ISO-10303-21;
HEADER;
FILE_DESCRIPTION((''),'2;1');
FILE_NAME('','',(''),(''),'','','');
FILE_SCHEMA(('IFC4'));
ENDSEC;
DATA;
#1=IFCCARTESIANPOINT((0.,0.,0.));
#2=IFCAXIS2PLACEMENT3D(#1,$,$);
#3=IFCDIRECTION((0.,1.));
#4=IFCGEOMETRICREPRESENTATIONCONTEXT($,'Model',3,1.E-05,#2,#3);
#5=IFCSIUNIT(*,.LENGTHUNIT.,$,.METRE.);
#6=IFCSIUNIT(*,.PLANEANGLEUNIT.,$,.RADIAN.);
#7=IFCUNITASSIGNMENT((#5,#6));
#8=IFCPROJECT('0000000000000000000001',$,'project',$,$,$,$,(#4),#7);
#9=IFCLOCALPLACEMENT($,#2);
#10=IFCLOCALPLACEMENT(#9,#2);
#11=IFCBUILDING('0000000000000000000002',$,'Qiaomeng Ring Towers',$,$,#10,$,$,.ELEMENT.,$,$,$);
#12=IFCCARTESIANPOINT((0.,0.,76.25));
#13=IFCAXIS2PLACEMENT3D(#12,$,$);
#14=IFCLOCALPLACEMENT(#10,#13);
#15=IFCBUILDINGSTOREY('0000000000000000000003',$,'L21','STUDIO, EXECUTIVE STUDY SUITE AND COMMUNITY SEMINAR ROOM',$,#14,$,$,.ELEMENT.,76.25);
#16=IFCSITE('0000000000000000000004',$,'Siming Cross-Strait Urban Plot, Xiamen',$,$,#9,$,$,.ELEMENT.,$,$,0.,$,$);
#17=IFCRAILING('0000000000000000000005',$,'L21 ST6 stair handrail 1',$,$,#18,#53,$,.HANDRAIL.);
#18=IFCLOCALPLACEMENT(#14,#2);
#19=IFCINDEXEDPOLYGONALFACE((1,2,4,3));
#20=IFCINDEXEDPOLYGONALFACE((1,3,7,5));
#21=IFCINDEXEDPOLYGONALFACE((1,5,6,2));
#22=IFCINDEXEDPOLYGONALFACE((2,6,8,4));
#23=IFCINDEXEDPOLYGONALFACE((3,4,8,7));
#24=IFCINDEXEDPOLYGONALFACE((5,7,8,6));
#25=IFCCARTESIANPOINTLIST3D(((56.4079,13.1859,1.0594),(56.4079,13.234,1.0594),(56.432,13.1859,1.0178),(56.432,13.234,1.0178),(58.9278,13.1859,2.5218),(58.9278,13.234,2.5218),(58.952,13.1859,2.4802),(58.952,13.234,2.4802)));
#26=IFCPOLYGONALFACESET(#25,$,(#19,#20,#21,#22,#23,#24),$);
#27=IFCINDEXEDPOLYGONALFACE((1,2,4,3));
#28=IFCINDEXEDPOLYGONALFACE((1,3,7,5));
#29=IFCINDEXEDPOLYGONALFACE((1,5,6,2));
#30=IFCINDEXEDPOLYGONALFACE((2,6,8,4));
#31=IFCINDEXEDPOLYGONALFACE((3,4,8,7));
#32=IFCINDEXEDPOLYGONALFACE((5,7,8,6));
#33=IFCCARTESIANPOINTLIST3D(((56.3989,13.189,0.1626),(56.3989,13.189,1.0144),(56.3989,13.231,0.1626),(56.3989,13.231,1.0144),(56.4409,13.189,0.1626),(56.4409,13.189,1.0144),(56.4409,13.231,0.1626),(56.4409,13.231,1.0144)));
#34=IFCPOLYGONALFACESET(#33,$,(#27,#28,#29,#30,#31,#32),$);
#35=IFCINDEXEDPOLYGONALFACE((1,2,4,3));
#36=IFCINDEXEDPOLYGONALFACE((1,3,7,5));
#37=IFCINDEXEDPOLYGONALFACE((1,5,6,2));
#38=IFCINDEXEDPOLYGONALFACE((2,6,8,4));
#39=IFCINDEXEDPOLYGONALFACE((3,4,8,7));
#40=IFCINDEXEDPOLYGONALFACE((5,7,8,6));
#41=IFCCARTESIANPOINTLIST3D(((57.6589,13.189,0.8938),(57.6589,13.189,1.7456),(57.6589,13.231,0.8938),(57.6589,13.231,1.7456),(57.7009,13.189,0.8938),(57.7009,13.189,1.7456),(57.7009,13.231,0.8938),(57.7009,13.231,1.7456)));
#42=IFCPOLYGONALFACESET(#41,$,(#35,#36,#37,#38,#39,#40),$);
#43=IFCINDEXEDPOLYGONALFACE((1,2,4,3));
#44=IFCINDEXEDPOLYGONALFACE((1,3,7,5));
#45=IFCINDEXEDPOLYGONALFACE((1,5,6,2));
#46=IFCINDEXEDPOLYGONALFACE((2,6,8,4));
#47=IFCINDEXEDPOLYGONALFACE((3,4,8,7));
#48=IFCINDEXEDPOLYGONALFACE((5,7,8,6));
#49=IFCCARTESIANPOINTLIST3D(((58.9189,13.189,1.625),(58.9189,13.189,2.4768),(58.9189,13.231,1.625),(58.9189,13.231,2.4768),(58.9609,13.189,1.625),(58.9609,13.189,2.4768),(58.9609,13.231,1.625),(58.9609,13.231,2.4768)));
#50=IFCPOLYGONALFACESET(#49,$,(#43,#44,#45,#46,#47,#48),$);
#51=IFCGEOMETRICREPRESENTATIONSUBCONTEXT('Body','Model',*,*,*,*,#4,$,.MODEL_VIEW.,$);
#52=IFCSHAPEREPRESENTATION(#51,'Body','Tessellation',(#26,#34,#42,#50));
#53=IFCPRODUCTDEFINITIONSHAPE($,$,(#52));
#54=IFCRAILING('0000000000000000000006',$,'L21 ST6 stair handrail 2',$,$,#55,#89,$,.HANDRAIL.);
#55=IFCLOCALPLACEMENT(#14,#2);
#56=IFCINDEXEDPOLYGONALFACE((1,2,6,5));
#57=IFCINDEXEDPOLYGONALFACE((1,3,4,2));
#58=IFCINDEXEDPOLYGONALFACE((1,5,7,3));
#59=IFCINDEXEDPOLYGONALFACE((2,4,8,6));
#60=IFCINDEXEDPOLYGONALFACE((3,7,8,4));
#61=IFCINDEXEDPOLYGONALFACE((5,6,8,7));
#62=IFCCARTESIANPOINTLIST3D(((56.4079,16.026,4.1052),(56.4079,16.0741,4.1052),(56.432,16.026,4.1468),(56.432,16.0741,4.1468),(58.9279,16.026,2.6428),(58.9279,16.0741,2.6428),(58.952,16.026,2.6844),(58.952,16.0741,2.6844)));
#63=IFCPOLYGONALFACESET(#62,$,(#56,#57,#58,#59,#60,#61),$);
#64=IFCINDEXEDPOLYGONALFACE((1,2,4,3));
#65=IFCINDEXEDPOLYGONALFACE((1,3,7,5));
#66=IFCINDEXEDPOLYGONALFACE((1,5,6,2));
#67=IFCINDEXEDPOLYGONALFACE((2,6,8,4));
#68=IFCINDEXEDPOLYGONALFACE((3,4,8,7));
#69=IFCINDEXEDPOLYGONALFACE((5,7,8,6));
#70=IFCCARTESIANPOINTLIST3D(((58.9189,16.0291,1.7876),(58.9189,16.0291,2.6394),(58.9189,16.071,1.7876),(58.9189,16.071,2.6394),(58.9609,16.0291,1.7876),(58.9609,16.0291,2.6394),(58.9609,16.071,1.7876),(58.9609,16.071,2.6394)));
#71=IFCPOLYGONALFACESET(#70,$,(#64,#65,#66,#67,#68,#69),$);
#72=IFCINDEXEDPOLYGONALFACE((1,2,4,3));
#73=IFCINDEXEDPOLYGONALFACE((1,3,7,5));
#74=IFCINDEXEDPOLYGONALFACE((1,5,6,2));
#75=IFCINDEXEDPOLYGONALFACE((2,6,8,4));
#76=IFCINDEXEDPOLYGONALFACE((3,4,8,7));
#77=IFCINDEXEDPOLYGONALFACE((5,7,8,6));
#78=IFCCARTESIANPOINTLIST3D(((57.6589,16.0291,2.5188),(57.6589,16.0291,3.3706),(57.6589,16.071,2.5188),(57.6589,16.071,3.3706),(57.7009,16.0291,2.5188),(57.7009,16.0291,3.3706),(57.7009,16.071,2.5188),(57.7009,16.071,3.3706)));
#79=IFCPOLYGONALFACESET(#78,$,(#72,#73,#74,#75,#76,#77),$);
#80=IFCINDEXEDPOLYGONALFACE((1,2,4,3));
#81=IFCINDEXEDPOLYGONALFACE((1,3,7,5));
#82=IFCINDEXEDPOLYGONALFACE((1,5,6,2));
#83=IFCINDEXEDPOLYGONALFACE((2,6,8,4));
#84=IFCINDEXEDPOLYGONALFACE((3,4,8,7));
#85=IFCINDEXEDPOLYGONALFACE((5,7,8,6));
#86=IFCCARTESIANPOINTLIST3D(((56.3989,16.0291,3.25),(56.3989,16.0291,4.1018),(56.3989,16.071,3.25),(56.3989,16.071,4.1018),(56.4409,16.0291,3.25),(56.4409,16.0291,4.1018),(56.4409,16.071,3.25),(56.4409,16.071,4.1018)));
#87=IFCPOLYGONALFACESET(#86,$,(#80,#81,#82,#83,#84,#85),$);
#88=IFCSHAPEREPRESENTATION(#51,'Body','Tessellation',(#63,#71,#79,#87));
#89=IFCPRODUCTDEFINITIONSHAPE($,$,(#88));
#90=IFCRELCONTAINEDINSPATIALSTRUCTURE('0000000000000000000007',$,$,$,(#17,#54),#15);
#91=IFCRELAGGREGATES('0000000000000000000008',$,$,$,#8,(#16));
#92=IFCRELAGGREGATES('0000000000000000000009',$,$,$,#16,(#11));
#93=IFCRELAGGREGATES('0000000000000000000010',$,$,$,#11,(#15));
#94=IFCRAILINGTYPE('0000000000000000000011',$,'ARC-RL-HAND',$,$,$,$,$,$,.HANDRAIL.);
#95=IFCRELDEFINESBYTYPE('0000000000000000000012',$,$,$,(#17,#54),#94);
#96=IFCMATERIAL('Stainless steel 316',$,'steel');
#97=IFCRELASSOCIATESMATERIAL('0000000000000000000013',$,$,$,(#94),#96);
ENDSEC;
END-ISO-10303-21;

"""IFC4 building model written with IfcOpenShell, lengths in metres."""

from ifc_helpers import new_model, si_unit, direction, frame, origin, origin_2d, place, context, subcontext, project, spatial, rectangle, extrude, material, type_object, element, save


model = new_model("IFC4")

# Units and contexts
model_context = context("Model", 3, precision=1e-05, world=origin(), true_north=direction((0.0, 1.0)))
body_context = subcontext(model_context, "Body", "Model", "MODEL_VIEW")
ifc_project = project(units=[si_unit("LENGTHUNIT", "METRE"), si_unit("PLANEANGLEUNIT", "RADIAN")], contexts=[model_context])

# Site, building, storey
site_placement = place(None, origin())
site = spatial("IfcSite", under=ifc_project, at=site_placement, Name="Siming Cross-Strait Urban Plot, Xiamen", CompositionType="ELEMENT", RefElevation=0.0)
building_placement = place(site_placement, origin())
building = spatial("IfcBuilding", under=site, at=building_placement, Name="Qiaomeng Ring Towers", CompositionType="ELEMENT")
storey_placement = place(building_placement, frame((0.0, 0.0, 76.25)))
storey = spatial("IfcBuildingStorey", under=building, at=storey_placement, Name="L21", Description="STUDIO, EXECUTIVE STUDY SUITE AND COMMUNITY SEMINAR ROOM", CompositionType="ELEMENT", Elevation=76.25)

# Shared definitions
ifc_material_1 = material(Name="Stainless steel 316", Category="steel")

# Railings
railing_type_1 = type_object("IfcRailingType", Name="ARC-RL-HAND", PredefinedType="HANDRAIL", material=ifc_material_1)
railing_1_placement = place(storey_placement, frame((56.4199, 13.21, 0.1626)))
element("IfcRailing", 1, at=railing_1_placement, inside=storey, type_object=railing_type_1, Name="L21 ST6 stair handrail 1", PredefinedType="HANDRAIL", context=body_context, shape_type="SweptSolid", body=[
    extrude(rectangle(XDim=0.0481, YDim=0.0481, at=origin_2d()), frame((0.0, 0.0, 0.876), z_axis=(0.864913, 0.0, 0.501921), x_axis=(0.0, 1.0, 0.0)), (0.0, 0.0, 1.0), 2.9136),
    extrude(rectangle(XDim=0.042, YDim=0.042, at=origin_2d()), origin(), (0.0, 0.0, 1.0), 0.8518),
    extrude(rectangle(XDim=0.042, YDim=0.042, at=origin_2d()), frame((1.26, 0.0, 0.7312)), (0.0, 0.0, 1.0), 0.8518),
    extrude(rectangle(XDim=0.042, YDim=0.042, at=origin_2d()), frame((2.52, 0.0, 1.4624)), (0.0, 0.0, 1.0), 0.8518),
])
railing_2_placement = place(storey_placement, frame((58.9399, 16.05, 1.7876)))
element("IfcRailing", 2, at=railing_2_placement, inside=storey, type_object=railing_type_1, Name="L21 ST6 stair handrail 2", PredefinedType="HANDRAIL", context=body_context, shape_type="SweptSolid", body=[
    extrude(rectangle(XDim=0.0481, YDim=0.0481, at=origin_2d()), frame((0.0, 0.0, 0.876), z_axis=(-0.864913, 0.0, 0.501921), x_axis=(0.0, -1.0, 0.0)), (0.0, 0.0, 1.0), 2.9136),
    extrude(rectangle(XDim=0.042, YDim=0.042, at=origin_2d()), origin(), (0.0, 0.0, 1.0), 0.8518),
    extrude(rectangle(XDim=0.042, YDim=0.042, at=origin_2d()), frame((-1.26, 0.0, 0.7312)), (0.0, 0.0, 1.0), 0.8518),
    extrude(rectangle(XDim=0.042, YDim=0.042, at=origin_2d()), frame((-2.52, 0.0, 1.4624)), (0.0, 0.0, 1.0), 0.8518),
])

save(model, "model.ifc")
